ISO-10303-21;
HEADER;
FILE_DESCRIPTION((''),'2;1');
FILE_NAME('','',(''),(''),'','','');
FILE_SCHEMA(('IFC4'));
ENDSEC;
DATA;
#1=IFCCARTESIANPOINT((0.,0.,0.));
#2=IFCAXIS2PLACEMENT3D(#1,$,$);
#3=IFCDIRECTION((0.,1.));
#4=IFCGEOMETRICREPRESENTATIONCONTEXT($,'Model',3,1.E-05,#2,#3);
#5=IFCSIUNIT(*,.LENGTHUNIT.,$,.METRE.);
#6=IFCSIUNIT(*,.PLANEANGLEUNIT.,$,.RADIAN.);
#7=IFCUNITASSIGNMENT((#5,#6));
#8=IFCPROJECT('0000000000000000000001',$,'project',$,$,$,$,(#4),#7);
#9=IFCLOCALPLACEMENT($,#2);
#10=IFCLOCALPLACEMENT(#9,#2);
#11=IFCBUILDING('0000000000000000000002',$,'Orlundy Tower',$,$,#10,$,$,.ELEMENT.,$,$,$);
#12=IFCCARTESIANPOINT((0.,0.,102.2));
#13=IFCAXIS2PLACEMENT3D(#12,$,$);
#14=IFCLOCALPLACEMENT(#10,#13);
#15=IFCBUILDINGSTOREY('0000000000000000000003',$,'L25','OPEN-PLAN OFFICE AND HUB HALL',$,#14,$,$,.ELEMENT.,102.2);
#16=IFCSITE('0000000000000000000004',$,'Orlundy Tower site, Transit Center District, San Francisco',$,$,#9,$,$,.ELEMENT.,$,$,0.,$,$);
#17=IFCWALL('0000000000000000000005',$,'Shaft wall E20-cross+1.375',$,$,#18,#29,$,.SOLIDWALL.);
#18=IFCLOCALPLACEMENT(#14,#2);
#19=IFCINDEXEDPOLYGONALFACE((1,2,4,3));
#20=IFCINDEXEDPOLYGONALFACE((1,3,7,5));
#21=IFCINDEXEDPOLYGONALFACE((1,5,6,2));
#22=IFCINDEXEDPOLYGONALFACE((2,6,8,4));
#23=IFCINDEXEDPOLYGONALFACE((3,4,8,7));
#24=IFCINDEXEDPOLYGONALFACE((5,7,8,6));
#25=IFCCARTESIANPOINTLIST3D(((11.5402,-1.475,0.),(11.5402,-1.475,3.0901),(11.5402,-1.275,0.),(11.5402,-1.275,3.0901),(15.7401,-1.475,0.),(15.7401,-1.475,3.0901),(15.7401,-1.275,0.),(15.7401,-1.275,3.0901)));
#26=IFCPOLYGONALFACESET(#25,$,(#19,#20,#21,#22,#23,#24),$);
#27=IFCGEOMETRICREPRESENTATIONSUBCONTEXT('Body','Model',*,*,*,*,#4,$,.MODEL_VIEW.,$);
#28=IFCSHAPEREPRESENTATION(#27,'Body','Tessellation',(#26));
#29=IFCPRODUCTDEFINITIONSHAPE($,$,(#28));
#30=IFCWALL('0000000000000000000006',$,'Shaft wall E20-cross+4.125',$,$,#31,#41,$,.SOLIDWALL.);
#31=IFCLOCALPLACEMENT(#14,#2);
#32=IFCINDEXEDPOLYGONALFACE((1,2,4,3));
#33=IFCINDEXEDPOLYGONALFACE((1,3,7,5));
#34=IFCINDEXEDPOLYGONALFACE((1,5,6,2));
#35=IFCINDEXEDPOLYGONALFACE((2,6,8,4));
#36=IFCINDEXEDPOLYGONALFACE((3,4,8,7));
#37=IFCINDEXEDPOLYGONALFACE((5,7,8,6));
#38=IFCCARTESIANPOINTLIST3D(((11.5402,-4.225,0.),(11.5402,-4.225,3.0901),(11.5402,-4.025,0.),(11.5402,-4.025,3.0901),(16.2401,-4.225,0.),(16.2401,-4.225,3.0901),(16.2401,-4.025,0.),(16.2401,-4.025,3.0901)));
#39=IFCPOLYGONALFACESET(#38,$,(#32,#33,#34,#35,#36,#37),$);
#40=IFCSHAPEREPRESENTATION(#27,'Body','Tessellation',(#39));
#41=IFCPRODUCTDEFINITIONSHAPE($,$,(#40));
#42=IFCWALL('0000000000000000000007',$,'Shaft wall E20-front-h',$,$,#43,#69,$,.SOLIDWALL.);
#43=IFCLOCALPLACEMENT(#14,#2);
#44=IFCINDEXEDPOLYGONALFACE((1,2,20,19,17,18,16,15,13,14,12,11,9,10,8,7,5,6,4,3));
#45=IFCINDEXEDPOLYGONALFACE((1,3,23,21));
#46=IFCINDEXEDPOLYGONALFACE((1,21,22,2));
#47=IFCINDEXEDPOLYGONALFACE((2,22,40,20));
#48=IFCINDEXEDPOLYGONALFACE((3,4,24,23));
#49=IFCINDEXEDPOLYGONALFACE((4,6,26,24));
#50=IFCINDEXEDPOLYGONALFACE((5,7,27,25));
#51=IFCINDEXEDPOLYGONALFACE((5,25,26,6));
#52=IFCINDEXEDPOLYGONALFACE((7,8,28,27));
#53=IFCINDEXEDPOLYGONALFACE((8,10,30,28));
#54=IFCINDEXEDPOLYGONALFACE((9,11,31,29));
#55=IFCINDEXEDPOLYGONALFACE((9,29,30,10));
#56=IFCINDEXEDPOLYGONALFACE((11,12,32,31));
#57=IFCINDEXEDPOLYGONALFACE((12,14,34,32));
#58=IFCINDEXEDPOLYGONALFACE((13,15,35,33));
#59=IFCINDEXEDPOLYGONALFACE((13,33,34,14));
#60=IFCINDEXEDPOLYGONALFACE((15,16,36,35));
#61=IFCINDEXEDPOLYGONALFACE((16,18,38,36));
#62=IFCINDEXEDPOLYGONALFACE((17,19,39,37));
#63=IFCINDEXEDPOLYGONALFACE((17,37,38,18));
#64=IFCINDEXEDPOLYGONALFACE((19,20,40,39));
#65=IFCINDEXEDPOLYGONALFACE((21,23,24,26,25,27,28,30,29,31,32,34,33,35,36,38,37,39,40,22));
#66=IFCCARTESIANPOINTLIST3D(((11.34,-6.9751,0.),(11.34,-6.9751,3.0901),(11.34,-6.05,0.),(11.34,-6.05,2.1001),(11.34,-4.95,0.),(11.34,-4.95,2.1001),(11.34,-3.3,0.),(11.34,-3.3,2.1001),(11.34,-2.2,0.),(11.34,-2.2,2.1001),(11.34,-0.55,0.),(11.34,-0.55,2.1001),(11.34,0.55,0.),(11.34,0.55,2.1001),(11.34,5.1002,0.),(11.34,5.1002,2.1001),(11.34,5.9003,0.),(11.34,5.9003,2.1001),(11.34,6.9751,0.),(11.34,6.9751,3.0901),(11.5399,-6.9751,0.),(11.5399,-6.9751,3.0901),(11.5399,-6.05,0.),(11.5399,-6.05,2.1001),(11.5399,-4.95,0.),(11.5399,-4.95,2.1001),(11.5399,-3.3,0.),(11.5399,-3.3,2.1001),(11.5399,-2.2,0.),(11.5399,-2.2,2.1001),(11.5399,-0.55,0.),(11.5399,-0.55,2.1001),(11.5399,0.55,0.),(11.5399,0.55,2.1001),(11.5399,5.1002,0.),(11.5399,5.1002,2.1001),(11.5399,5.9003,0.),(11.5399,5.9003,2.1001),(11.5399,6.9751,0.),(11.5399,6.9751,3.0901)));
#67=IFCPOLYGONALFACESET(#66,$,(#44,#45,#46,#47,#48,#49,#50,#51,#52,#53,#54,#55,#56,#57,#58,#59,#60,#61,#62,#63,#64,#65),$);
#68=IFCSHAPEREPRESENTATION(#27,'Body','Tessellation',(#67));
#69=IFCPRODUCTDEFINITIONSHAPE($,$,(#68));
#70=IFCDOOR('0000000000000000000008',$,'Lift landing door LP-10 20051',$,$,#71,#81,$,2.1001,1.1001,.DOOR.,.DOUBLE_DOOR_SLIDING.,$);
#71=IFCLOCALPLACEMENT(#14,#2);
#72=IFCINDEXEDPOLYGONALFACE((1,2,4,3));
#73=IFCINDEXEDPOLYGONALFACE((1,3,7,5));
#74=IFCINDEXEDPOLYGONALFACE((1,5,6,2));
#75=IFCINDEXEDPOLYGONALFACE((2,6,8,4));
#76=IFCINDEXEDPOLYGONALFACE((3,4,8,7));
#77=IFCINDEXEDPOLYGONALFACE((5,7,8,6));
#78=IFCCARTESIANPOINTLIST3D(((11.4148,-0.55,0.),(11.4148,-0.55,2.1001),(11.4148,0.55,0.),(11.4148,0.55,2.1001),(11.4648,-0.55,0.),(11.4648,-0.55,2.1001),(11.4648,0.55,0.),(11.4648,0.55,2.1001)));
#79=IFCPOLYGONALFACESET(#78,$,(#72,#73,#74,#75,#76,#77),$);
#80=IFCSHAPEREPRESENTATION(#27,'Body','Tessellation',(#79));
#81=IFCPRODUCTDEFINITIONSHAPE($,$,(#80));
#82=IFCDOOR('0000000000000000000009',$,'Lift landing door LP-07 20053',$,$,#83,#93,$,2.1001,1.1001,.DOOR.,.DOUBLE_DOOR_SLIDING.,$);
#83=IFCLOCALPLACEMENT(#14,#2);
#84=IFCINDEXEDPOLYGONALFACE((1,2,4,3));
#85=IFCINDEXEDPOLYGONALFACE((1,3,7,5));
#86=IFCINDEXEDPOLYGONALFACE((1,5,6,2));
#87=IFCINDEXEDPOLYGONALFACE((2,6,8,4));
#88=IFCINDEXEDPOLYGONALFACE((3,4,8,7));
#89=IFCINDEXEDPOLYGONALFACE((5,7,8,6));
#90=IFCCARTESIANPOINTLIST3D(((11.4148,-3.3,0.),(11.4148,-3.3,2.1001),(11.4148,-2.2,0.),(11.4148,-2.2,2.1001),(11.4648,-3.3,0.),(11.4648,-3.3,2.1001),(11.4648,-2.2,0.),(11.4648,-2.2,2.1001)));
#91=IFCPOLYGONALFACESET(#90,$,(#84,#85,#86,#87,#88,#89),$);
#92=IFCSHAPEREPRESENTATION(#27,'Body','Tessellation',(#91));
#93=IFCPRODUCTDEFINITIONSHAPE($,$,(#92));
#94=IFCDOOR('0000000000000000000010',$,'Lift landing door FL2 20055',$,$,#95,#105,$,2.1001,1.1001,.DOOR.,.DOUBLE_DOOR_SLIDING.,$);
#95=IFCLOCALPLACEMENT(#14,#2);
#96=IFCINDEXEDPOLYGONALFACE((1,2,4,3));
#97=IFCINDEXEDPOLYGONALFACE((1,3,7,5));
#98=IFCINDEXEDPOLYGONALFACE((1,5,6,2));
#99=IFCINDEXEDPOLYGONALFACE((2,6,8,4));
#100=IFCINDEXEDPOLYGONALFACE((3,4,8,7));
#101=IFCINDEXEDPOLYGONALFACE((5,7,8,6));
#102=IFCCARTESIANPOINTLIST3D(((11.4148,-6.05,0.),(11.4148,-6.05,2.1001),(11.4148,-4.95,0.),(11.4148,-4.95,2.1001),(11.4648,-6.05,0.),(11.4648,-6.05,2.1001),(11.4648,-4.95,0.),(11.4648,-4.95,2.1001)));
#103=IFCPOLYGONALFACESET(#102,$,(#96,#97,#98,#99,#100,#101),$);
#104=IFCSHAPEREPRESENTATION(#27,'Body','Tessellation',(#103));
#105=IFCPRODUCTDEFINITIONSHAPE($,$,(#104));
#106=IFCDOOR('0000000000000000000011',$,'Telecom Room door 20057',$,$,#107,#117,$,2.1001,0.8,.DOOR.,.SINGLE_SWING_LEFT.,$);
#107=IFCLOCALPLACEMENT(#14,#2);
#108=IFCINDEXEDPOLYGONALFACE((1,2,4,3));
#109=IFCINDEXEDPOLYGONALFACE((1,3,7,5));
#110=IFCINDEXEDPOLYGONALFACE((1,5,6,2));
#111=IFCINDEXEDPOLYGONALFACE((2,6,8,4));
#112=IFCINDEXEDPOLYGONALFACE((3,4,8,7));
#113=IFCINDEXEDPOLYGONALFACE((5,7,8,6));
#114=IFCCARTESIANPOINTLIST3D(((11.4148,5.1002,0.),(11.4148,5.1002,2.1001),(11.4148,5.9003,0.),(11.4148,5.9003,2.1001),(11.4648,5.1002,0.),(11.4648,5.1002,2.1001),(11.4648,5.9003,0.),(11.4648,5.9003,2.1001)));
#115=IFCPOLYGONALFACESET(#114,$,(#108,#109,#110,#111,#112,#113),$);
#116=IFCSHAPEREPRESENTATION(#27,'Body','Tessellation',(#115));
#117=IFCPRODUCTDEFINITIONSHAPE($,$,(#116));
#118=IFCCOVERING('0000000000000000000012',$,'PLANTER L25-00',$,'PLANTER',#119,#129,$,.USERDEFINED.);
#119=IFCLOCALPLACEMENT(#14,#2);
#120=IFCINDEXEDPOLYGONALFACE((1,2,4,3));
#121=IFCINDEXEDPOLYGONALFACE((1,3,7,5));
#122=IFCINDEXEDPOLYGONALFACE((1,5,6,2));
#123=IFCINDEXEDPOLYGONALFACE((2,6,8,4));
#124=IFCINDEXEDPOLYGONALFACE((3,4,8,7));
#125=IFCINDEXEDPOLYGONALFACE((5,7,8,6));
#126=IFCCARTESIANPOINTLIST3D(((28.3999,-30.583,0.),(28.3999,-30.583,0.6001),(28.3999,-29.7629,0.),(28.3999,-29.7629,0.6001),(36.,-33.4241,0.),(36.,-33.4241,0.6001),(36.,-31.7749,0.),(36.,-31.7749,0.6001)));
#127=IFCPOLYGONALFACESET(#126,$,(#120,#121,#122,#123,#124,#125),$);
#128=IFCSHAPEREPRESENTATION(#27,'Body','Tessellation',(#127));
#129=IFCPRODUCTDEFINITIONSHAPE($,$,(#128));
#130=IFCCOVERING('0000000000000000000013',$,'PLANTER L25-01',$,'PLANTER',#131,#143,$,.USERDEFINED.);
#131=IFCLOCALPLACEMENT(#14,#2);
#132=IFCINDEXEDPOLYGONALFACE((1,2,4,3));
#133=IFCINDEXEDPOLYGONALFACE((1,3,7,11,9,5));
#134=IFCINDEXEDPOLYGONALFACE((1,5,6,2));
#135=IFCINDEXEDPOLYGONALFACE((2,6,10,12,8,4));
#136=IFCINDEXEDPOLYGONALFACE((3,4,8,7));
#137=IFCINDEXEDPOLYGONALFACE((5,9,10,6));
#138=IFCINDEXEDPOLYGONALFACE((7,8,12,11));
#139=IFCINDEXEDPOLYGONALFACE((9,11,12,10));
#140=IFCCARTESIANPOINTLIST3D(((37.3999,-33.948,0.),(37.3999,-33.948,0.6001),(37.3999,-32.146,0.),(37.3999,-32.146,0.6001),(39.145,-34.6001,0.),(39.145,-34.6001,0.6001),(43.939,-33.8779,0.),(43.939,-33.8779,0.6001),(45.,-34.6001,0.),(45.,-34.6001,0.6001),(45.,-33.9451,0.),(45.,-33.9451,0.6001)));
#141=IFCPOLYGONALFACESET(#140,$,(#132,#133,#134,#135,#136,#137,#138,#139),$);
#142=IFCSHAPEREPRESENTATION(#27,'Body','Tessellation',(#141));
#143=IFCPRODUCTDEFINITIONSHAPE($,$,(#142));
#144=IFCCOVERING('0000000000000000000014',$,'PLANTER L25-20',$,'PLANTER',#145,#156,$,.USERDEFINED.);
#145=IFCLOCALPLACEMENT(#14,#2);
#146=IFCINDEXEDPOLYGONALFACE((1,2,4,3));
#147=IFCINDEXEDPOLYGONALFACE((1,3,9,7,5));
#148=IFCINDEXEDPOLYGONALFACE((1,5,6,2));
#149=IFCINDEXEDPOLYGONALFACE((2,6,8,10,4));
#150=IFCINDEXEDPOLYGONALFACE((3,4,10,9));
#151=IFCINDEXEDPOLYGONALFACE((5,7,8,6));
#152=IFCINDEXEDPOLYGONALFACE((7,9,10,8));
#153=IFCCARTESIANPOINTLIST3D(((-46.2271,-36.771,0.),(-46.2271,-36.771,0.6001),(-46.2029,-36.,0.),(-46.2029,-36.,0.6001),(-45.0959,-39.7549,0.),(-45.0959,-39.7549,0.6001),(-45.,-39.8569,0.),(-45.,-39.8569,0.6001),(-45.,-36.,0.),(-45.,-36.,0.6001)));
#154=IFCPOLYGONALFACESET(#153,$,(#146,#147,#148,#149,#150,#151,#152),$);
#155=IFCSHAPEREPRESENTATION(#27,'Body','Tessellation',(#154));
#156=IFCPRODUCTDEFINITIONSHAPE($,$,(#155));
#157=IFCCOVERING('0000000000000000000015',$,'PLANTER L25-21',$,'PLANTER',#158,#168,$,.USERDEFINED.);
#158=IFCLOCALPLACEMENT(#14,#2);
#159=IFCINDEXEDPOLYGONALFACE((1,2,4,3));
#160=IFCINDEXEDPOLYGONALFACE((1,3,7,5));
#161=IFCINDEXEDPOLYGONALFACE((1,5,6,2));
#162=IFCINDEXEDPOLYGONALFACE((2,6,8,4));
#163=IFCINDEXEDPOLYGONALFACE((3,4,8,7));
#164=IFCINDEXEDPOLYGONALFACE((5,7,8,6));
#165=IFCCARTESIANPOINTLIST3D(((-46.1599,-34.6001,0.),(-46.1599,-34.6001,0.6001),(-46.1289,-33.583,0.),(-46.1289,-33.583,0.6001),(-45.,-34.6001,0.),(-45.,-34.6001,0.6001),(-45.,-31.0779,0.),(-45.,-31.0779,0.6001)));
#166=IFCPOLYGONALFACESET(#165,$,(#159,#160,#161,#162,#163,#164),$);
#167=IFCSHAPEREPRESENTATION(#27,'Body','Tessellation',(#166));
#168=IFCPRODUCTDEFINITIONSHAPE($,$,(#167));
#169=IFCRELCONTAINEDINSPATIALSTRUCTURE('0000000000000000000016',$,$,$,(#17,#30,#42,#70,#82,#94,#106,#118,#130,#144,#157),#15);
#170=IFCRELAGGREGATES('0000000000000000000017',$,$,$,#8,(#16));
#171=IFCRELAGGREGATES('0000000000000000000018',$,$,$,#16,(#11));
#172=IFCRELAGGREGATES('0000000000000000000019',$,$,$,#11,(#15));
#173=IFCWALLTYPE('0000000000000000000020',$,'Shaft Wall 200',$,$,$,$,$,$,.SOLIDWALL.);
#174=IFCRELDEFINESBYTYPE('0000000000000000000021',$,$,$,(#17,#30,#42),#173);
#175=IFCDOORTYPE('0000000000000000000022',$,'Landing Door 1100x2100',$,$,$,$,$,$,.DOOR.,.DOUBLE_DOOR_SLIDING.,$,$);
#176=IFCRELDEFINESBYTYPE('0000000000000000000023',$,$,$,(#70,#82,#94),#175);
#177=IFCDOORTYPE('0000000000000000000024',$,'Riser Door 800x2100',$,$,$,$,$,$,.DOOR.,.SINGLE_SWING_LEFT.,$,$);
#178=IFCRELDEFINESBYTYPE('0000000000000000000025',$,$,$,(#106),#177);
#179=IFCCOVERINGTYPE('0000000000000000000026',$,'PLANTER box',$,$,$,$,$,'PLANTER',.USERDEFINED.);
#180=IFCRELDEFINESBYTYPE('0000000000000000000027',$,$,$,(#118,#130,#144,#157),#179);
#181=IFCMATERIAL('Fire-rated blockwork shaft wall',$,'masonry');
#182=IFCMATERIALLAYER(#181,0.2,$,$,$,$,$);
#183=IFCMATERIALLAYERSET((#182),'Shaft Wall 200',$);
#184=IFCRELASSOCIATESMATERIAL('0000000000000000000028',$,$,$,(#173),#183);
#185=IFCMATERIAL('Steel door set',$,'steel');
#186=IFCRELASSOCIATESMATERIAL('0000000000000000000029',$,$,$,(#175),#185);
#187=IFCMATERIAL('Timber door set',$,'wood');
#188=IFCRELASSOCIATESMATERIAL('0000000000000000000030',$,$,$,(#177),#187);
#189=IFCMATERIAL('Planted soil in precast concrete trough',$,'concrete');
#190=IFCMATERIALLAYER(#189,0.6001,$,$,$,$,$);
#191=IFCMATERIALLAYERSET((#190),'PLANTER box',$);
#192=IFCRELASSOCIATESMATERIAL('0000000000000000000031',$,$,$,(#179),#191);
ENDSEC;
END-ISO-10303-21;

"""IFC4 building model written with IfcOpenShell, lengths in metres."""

from ifc_helpers import new_model, si_unit, direction, frame, frame_2d, origin, place, context, subcontext, project, spatial, polyline, rectangle, outline, extrude, material, layer, layer_set, type_object, element, fill, save


model = new_model("IFC4")

# Units and contexts
model_context = context("Model", 3, precision=1e-05, world=origin(), true_north=direction((0.0, 1.0)))
body_context = subcontext(model_context, "Body", "Model", "MODEL_VIEW")
ifc_project = project(units=[si_unit("LENGTHUNIT", "METRE"), si_unit("PLANEANGLEUNIT", "RADIAN")], contexts=[model_context])

# Site, building, storey
site_placement = place(None, origin())
site = spatial("IfcSite", under=ifc_project, at=site_placement, Name="Orlundy Tower site, Transit Center District, San Francisco", CompositionType="ELEMENT", RefElevation=0.0)
building_placement = place(site_placement, origin())
building = spatial("IfcBuilding", under=site, at=building_placement, Name="Orlundy Tower", CompositionType="ELEMENT")
storey_placement = place(building_placement, frame((0.0, 0.0, 102.2)))
storey = spatial("IfcBuildingStorey", under=building, at=storey_placement, Name="L25", Description="OPEN-PLAN OFFICE AND HUB HALL", CompositionType="ELEMENT", Elevation=102.2)

# Walls
ifc_material_1 = material(Name="Fire-rated blockwork shaft wall", Category="masonry")
ifc_layer_1 = layer(ifc_material_1, 0.2)
ifc_layer_set_1 = layer_set([ifc_layer_1], Name="Shaft Wall 200")
wall_type_1 = type_object("IfcWallType", Name="Shaft Wall 200", PredefinedType="SOLIDWALL", material=ifc_layer_set_1)
for number, where, z_axis, x_axis, name in (
    (1, (11.54, -1.375, 0.0), (0.0, 0.0, 1.0), (1.0, 0.0, 0.0), "Shaft wall E20-cross+1.375"),
):
    element("IfcWall", number, at=place(storey_placement, frame(where, z_axis=z_axis, x_axis=x_axis)), inside=storey, type_object=wall_type_1, Name=name, PredefinedType="SOLIDWALL", context=body_context, shape_type="SweptSolid", body=[
        extrude(rectangle(XDim=4.2, YDim=0.2, at=frame_2d((2.1001, 0.0))), origin(), (0.0, 0.0, 1.0), 3.0901),
    ])
wall_1_placement = place(storey_placement, frame((11.54, -4.125, 0.0), z_axis=(0.0, 0.0, 1.0), x_axis=(1.0, 0.0, 0.0)))
element("IfcWall", 2, at=wall_1_placement, inside=storey, type_object=wall_type_1, Name="Shaft wall E20-cross+4.125", PredefinedType="SOLIDWALL", context=body_context, shape_type="SweptSolid", body=[
    extrude(rectangle(XDim=4.7, YDim=0.2, at=frame_2d((2.3501, 0.0))), origin(), (0.0, 0.0, 1.0), 3.0901),
])

# Wall, openings, doors
wall_2_placement = place(storey_placement, frame((11.4399, 6.9751, 0.0), z_axis=(0.0, 0.0, 1.0), x_axis=(0.0, -1.0, 0.0)))
wall_2 = element("IfcWall", 3, at=wall_2_placement, inside=storey, type_object=wall_type_1, Name="Shaft wall E20-front-h", PredefinedType="SOLIDWALL", context=body_context, shape_type="SweptSolid", body=[
    extrude(rectangle(XDim=13.9502, YDim=0.2, at=frame_2d((6.9751, 0.0))), origin(), (0.0, 0.0, 1.0), 3.0901),
])
opening_1_placement = place(wall_2_placement, frame((6.425, 0.0, 0.0)))
opening_1 = element("IfcOpeningElement", 4, at=opening_1_placement, cuts=wall_2, PredefinedType="OPENING", context=body_context, shape_type="SweptSolid", body=[
    extrude(rectangle(XDim=1.1001, YDim=2.1001, at=frame_2d((0.55, 1.05))), frame((0.0, 0.1101, 0.0), z_axis=(0.0, -1.0, 0.0), x_axis=(1.0, 0.0, 0.0)), (0.0, 0.0, 1.0), 0.2202),
])
opening_2_placement = place(wall_2_placement, frame((9.175, 0.0, 0.0)))
opening_2 = element("IfcOpeningElement", 5, at=opening_2_placement, cuts=wall_2, PredefinedType="OPENING", context=body_context, shape_type="SweptSolid", body=[
    extrude(rectangle(XDim=1.1001, YDim=2.1001, at=frame_2d((0.55, 1.05))), frame((0.0, 0.1101, 0.0), z_axis=(0.0, -1.0, 0.0), x_axis=(1.0, 0.0, 0.0)), (0.0, 0.0, 1.0), 0.2202),
])
opening_3_placement = place(wall_2_placement, frame((11.925, 0.0, 0.0)))
opening_3 = element("IfcOpeningElement", 6, at=opening_3_placement, cuts=wall_2, PredefinedType="OPENING", context=body_context, shape_type="SweptSolid", body=[
    extrude(rectangle(XDim=1.1001, YDim=2.1001, at=frame_2d((0.55, 1.05))), frame((0.0, 0.1101, 0.0), z_axis=(0.0, -1.0, 0.0), x_axis=(1.0, 0.0, 0.0)), (0.0, 0.0, 1.0), 0.2202),
])
opening_4_placement = place(wall_2_placement, frame((1.075, 0.0, 0.0)))
opening_4 = element("IfcOpeningElement", 7, at=opening_4_placement, cuts=wall_2, PredefinedType="OPENING", context=body_context, shape_type="SweptSolid", body=[
    extrude(rectangle(XDim=0.8, YDim=2.1001, at=frame_2d((0.3999, 1.05))), frame((0.0, 0.1101, 0.0), z_axis=(0.0, -1.0, 0.0), x_axis=(1.0, 0.0, 0.0)), (0.0, 0.0, 1.0), 0.2202),
])
ifc_material_2 = material(Name="Steel door set", Category="steel")
door_type_1 = type_object("IfcDoorType", Name="Landing Door 1100x2100", OperationType="DOUBLE_DOOR_SLIDING", PredefinedType="DOOR", material=ifc_material_2)
door_1_placement = place(opening_1_placement, origin())
door_1 = element("IfcDoor", 8, at=door_1_placement, inside=storey, type_object=door_type_1, Name="Lift landing door LP-10 20051", OperationType="DOUBLE_DOOR_SLIDING", OverallHeight=2.1001, OverallWidth=1.1001, PredefinedType="DOOR", context=body_context, shape_type="SweptSolid", body=[
    extrude(rectangle(XDim=1.1001, YDim=2.1001, at=frame_2d((0.55, 1.05))), frame((0.0, 0.0249, 0.0), z_axis=(0.0, -1.0, 0.0), x_axis=(1.0, 0.0, 0.0)), (0.0, 0.0, 1.0), 0.05),
])
fill(opening_1, door_1)
door_2_placement = place(opening_2_placement, origin())
door_2 = element("IfcDoor", 9, at=door_2_placement, inside=storey, type_object=door_type_1, Name="Lift landing door LP-07 20053", OperationType="DOUBLE_DOOR_SLIDING", OverallHeight=2.1001, OverallWidth=1.1001, PredefinedType="DOOR", context=body_context, shape_type="SweptSolid", body=[
    extrude(rectangle(XDim=1.1001, YDim=2.1001, at=frame_2d((0.55, 1.05))), frame((0.0, 0.0249, 0.0), z_axis=(0.0, -1.0, 0.0), x_axis=(1.0, 0.0, 0.0)), (0.0, 0.0, 1.0), 0.05),
])
fill(opening_2, door_2)
door_3_placement = place(opening_3_placement, origin())
door_3 = element("IfcDoor", 10, at=door_3_placement, inside=storey, type_object=door_type_1, Name="Lift landing door FL2 20055", OperationType="DOUBLE_DOOR_SLIDING", OverallHeight=2.1001, OverallWidth=1.1001, PredefinedType="DOOR", context=body_context, shape_type="SweptSolid", body=[
    extrude(rectangle(XDim=1.1001, YDim=2.1001, at=frame_2d((0.55, 1.05))), frame((0.0, 0.0249, 0.0), z_axis=(0.0, -1.0, 0.0), x_axis=(1.0, 0.0, 0.0)), (0.0, 0.0, 1.0), 0.05),
])
fill(opening_3, door_3)
ifc_material_3 = material(Name="Timber door set", Category="wood")
door_type_2 = type_object("IfcDoorType", Name="Riser Door 800x2100", OperationType="SINGLE_SWING_LEFT", PredefinedType="DOOR", material=ifc_material_3)
door_4_placement = place(opening_4_placement, origin())
door_4 = element("IfcDoor", 11, at=door_4_placement, inside=storey, type_object=door_type_2, Name="Telecom Room door 20057", OperationType="SINGLE_SWING_LEFT", OverallHeight=2.1001, OverallWidth=0.8, PredefinedType="DOOR", context=body_context, shape_type="SweptSolid", body=[
    extrude(rectangle(XDim=0.8, YDim=2.1001, at=frame_2d((0.3999, 1.05))), frame((0.0, 0.0249, 0.0), z_axis=(0.0, -1.0, 0.0), x_axis=(1.0, 0.0, 0.0)), (0.0, 0.0, 1.0), 0.05),
])
fill(opening_4, door_4)

# Coverings
ifc_material_4 = material(Name="Planted soil in precast concrete trough", Category="concrete")
ifc_layer_2 = layer(ifc_material_4, 0.6001)
ifc_layer_set_2 = layer_set([ifc_layer_2], Name="PLANTER box")
covering_type = type_object("IfcCoveringType", Name="PLANTER box", ElementType="PLANTER", PredefinedType="USERDEFINED", material=ifc_layer_set_2)
covering_1_placement = place(storey_placement, origin())
element("IfcCovering", 12, at=covering_1_placement, inside=storey, type_object=covering_type, Name="PLANTER L25-00", ObjectType="PLANTER", PredefinedType="USERDEFINED", context=body_context, shape_type="SweptSolid", body=[
    extrude(outline(polyline([(28.3999, -30.583), (28.3999, -29.7629), (36.0, -31.7749), (36.0, -33.4241), (28.3999, -30.583)])), origin(), (0.0, 0.0, 1.0), 0.6001),
])
covering_2_placement = place(storey_placement, origin())
element("IfcCovering", 13, at=covering_2_placement, inside=storey, type_object=covering_type, Name="PLANTER L25-01", ObjectType="PLANTER", PredefinedType="USERDEFINED", context=body_context, shape_type="SweptSolid", body=[
    extrude(outline(polyline([(37.3999, -33.948), (37.3999, -32.146), (43.939, -33.8779), (45.0, -33.9451), (45.0, -34.6001), (39.145, -34.6001), (37.3999, -33.948)])), origin(), (0.0, 0.0, 1.0), 0.6001),
])
covering_3_placement = place(storey_placement, origin())
element("IfcCovering", 14, at=covering_3_placement, inside=storey, type_object=covering_type, Name="PLANTER L25-20", ObjectType="PLANTER", PredefinedType="USERDEFINED", context=body_context, shape_type="SweptSolid", body=[
    extrude(outline(polyline([(-46.2029, -36.0), (-45.0, -36.0), (-45.0, -39.8569), (-45.0959, -39.7549), (-46.2271, -36.771), (-46.2029, -36.0)])), origin(), (0.0, 0.0, 1.0), 0.6001),
])
covering_4_placement = place(storey_placement, origin())
element("IfcCovering", 15, at=covering_4_placement, inside=storey, type_object=covering_type, Name="PLANTER L25-21", ObjectType="PLANTER", PredefinedType="USERDEFINED", context=body_context, shape_type="SweptSolid", body=[
    extrude(outline(polyline([(-46.1289, -33.583), (-45.0, -31.0779), (-45.0, -34.6001), (-46.1599, -34.6001), (-46.1289, -33.583)])), origin(), (0.0, 0.0, 1.0), 0.6001),
])

save(model, "model.ifc")
